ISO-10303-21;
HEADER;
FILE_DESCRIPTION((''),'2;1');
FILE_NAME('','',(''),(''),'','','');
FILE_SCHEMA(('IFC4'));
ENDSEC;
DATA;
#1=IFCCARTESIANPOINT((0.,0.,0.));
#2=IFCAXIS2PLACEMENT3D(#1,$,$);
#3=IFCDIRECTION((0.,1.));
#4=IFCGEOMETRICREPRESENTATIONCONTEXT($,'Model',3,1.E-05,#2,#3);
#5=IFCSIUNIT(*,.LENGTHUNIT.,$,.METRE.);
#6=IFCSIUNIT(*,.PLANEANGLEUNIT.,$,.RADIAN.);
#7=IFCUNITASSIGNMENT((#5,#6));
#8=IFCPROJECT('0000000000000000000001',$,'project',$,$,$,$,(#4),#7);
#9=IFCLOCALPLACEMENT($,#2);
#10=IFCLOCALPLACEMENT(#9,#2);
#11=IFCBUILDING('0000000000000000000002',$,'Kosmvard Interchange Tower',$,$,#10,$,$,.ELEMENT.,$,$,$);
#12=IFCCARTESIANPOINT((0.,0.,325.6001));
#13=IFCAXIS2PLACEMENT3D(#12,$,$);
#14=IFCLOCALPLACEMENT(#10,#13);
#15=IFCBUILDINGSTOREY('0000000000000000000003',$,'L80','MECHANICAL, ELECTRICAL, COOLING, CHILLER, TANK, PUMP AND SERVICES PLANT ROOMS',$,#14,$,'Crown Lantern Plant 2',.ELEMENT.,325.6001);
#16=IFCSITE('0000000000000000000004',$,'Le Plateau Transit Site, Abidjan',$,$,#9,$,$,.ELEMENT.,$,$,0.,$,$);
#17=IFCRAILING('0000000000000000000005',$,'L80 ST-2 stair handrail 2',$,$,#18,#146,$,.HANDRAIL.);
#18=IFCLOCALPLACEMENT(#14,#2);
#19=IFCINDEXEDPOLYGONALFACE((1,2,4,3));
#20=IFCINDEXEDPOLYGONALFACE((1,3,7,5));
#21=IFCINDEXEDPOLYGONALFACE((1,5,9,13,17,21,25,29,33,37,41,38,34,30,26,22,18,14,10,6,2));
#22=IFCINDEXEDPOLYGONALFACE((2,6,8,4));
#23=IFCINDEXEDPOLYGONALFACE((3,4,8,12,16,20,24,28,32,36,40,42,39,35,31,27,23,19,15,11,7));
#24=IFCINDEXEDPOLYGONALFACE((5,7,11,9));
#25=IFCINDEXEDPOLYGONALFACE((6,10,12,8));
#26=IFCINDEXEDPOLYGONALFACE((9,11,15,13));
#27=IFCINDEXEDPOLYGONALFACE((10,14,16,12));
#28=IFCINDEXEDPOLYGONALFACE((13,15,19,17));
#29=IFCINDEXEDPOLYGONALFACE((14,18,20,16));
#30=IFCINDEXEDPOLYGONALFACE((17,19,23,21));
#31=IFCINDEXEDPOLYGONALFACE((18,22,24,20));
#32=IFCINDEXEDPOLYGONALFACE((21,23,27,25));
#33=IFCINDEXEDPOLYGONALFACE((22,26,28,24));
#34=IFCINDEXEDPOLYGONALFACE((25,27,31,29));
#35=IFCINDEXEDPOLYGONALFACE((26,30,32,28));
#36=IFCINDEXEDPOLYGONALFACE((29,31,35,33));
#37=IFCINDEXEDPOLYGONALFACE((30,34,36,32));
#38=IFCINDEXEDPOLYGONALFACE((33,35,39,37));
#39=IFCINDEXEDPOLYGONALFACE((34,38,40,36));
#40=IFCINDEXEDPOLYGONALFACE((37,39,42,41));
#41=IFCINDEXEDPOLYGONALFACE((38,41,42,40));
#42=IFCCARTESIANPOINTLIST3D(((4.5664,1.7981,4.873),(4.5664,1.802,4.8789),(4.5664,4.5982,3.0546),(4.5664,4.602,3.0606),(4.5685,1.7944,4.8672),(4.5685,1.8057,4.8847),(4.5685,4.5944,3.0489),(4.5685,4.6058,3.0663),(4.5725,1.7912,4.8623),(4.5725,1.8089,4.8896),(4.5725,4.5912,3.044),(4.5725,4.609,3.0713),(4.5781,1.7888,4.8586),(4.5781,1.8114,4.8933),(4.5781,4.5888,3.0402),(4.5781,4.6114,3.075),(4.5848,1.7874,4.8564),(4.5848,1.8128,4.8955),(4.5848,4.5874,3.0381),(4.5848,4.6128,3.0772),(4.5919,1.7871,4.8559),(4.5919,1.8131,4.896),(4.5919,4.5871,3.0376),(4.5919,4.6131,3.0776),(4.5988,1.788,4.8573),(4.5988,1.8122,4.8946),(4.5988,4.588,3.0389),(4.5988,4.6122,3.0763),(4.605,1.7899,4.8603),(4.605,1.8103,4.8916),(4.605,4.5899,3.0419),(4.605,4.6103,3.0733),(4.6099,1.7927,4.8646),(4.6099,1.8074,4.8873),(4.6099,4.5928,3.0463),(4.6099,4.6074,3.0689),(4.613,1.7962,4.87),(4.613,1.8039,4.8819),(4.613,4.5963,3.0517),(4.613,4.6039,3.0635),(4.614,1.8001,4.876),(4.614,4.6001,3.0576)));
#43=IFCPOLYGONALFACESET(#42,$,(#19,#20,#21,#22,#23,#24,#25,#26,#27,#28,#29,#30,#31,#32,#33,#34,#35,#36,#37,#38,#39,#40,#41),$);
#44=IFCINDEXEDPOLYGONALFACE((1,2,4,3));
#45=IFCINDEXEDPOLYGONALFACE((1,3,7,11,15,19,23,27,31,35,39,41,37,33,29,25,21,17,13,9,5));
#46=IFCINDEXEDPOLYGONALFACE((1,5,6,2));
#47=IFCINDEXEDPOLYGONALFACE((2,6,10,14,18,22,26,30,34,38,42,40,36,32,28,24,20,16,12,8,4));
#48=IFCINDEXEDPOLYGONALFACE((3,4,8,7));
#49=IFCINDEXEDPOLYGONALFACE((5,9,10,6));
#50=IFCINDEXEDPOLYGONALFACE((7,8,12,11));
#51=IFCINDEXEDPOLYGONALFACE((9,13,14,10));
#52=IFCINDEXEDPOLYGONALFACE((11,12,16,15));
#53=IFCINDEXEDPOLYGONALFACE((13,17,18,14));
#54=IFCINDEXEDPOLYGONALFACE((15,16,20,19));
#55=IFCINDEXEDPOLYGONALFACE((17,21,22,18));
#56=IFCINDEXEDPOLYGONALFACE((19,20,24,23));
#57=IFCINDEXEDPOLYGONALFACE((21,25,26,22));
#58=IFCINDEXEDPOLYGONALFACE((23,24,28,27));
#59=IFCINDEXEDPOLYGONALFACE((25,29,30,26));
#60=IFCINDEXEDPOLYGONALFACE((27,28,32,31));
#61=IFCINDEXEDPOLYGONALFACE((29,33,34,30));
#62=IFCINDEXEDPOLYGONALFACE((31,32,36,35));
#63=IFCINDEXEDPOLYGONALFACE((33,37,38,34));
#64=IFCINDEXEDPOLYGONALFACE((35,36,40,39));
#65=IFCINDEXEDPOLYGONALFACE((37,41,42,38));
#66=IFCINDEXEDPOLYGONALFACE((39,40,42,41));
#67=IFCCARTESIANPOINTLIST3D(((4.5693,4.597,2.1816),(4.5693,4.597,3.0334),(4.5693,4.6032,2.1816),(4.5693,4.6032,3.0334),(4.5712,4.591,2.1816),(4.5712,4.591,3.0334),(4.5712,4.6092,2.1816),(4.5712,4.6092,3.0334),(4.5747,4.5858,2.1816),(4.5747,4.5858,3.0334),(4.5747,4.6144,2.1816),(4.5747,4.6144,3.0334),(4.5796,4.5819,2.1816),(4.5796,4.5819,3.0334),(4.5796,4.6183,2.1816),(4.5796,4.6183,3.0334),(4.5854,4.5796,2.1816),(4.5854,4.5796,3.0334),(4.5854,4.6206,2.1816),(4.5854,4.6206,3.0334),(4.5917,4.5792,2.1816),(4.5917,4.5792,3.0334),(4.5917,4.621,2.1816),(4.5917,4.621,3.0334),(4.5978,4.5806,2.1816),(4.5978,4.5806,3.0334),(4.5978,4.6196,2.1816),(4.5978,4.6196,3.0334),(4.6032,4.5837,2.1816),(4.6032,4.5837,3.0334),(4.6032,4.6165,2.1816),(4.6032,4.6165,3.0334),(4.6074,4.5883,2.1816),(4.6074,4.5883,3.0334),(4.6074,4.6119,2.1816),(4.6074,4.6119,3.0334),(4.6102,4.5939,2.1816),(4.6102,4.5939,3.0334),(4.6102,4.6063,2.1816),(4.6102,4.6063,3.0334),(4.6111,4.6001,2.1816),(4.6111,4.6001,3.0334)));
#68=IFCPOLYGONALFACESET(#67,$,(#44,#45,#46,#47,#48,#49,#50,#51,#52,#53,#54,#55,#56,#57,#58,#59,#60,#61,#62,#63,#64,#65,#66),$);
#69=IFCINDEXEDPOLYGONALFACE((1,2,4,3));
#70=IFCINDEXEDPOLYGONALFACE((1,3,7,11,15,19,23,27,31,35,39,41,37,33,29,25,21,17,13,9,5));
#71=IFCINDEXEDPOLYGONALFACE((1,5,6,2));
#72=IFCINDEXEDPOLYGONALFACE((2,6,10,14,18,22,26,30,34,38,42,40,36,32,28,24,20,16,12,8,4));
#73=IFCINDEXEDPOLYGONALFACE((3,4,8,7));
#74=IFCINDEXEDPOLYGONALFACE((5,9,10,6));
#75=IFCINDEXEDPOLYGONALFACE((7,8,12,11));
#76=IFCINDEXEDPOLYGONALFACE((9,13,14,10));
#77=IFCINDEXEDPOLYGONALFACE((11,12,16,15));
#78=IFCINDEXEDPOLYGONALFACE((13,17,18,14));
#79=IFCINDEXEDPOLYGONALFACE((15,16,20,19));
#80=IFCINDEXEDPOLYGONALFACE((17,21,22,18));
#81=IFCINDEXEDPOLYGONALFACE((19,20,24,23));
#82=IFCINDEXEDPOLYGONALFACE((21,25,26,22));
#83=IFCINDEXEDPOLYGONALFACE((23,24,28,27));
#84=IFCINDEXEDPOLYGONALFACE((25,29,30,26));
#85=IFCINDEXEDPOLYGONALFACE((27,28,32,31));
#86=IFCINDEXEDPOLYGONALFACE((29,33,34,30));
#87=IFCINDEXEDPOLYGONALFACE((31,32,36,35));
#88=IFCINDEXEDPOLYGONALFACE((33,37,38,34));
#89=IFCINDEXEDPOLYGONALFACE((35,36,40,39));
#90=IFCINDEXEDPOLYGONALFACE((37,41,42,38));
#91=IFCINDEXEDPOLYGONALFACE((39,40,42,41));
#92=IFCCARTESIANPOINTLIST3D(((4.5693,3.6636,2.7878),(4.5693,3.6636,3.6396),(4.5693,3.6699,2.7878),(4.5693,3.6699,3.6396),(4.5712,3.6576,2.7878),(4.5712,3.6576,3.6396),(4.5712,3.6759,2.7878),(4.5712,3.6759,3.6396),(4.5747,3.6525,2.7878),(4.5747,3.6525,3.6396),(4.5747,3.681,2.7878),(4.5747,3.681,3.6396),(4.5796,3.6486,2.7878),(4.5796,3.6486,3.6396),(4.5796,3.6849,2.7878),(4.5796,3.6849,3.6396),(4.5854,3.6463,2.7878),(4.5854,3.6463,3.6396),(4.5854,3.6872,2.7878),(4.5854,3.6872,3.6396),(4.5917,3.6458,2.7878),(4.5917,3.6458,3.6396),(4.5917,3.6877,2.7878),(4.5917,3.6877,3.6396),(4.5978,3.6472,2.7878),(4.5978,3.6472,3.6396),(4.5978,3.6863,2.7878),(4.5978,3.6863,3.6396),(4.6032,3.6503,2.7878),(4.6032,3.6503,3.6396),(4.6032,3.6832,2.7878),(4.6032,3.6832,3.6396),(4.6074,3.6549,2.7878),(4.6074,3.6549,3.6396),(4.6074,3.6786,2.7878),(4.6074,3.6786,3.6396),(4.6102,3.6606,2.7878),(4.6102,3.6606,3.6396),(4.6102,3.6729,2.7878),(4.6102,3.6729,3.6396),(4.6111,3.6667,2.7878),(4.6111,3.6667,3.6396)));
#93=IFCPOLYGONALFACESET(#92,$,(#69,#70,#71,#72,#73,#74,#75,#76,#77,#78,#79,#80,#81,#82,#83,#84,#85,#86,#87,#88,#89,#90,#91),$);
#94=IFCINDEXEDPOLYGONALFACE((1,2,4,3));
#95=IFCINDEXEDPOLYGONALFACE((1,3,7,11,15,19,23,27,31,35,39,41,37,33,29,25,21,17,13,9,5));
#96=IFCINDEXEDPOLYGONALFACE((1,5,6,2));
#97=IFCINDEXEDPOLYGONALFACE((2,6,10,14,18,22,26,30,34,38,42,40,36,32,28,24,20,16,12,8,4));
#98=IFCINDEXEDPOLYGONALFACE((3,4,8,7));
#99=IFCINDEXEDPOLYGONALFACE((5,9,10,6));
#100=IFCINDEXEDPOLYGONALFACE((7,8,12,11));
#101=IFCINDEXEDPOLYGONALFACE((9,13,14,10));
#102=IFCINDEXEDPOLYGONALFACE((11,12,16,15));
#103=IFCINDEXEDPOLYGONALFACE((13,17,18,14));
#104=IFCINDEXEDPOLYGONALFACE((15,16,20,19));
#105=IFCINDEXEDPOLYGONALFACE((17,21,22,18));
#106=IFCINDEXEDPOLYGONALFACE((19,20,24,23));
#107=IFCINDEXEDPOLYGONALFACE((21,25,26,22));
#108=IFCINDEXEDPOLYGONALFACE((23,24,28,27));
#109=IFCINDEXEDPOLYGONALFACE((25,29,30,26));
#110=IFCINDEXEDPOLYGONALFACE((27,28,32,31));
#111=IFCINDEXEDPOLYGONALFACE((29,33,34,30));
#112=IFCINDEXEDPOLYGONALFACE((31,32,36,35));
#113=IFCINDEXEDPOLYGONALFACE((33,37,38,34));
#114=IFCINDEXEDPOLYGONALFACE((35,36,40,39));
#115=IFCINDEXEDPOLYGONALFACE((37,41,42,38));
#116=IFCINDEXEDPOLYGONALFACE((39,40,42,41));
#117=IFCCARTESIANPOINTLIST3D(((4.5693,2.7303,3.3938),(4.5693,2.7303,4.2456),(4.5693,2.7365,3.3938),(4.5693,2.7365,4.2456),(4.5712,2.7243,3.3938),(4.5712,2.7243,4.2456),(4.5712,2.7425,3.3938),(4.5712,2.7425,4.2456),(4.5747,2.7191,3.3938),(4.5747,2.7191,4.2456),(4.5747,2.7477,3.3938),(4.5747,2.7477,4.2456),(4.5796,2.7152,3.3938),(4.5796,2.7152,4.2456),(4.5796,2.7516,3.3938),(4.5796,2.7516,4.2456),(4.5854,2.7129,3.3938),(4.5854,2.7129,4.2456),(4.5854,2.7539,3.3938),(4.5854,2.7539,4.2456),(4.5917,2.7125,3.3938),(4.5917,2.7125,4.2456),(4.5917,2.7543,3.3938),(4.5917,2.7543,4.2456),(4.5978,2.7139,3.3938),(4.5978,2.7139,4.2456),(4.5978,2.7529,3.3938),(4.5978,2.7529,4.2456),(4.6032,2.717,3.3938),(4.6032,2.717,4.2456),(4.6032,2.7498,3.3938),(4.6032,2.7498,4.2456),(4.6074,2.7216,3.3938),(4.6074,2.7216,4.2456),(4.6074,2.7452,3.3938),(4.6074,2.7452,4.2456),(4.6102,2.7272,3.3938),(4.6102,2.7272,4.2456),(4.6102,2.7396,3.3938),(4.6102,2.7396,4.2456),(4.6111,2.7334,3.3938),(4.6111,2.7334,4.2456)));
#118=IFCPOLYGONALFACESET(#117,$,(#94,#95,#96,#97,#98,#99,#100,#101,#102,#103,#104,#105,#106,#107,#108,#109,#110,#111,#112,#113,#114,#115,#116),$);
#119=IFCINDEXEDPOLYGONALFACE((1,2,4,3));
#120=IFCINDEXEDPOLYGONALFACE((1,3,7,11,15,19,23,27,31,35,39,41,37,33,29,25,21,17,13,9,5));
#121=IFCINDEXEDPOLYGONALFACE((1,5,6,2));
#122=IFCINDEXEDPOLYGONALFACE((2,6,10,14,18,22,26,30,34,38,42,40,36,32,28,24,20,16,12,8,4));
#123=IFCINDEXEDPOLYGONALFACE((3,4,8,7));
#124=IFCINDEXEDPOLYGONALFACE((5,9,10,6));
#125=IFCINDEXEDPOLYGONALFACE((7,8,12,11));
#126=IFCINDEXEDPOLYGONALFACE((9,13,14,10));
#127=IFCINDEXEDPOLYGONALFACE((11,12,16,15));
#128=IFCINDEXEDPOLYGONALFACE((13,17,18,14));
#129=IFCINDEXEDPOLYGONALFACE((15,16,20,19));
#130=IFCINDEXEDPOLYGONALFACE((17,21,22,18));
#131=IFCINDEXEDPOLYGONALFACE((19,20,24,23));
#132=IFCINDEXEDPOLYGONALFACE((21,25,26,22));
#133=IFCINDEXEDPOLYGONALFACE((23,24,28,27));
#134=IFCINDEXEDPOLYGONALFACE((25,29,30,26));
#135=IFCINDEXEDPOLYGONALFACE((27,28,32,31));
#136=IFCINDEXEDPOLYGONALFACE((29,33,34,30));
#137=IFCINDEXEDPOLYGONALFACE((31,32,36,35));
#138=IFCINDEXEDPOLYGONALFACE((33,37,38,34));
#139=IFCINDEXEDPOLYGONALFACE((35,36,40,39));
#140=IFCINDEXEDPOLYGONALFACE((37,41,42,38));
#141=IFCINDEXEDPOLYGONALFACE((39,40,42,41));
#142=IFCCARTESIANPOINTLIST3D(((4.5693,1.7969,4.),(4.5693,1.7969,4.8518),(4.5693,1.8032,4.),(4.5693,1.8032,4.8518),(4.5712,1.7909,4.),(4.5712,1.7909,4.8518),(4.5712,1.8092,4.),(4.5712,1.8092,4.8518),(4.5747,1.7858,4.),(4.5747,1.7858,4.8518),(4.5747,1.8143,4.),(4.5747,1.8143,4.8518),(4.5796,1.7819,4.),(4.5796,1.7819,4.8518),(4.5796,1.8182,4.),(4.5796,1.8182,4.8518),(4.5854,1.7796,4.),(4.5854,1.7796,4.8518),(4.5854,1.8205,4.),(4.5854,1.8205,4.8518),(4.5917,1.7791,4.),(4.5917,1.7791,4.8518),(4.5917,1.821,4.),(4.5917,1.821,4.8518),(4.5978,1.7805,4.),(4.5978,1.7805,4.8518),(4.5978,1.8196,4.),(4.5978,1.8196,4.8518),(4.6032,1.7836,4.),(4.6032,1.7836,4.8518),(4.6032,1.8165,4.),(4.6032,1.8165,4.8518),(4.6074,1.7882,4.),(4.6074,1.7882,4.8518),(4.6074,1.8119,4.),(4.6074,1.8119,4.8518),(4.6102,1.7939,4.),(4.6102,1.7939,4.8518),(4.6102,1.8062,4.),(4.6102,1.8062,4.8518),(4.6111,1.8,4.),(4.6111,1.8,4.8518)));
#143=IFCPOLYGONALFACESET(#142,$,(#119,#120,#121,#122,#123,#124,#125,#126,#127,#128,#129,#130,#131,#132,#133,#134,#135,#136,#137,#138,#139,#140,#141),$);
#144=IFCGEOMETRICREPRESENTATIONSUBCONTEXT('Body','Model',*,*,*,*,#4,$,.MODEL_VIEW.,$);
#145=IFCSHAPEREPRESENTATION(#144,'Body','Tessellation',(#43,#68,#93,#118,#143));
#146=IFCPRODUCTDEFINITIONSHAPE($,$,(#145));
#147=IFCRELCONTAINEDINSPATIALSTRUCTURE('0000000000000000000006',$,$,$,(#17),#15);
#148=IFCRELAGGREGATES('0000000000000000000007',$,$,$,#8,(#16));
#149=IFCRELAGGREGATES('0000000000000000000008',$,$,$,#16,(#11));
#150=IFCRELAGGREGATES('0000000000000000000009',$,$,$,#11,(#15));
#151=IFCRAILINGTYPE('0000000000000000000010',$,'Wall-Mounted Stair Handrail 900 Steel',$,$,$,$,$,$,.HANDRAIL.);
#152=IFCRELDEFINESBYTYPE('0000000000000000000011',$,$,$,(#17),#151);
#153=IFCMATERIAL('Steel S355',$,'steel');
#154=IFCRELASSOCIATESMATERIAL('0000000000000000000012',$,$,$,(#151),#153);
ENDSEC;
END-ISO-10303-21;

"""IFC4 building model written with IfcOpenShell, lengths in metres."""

from ifc_helpers import new_model, si_unit, direction, frame, origin, origin_2d, place, context, subcontext, project, spatial, circle, extrude, source, transform, mapped, material, type_object, element, save


model = new_model("IFC4")

# Units and contexts
model_context = context("Model", 3, precision=1e-05, world=origin(), true_north=direction((0.0, 1.0)))
body_context = subcontext(model_context, "Body", "Model", "MODEL_VIEW")
ifc_project = project(units=[si_unit("LENGTHUNIT", "METRE"), si_unit("PLANEANGLEUNIT", "RADIAN")], contexts=[model_context])

# Site, building, storey
site_placement = place(None, origin())
site = spatial("IfcSite", under=ifc_project, at=site_placement, Name="Le Plateau Transit Site, Abidjan", CompositionType="ELEMENT", RefElevation=0.0)
building_placement = place(site_placement, origin())
building = spatial("IfcBuilding", under=site, at=building_placement, Name="Kosmvard Interchange Tower", CompositionType="ELEMENT")
storey_placement = place(building_placement, frame((0.0, 0.0, 325.6001)))
storey = spatial("IfcBuildingStorey", under=building, at=storey_placement, Name="L80", Description="MECHANICAL, ELECTRICAL, COOLING, CHILLER, TANK, PUMP AND SERVICES PLANT ROOMS", LongName="Crown Lantern Plant 2", CompositionType="ELEMENT", Elevation=325.6001)

# Shared definitions
ifc_material_1 = material(Name="Steel S355", Category="steel")

# Railing
railing_type_1 = type_object("IfcRailingType", Name="Wall-Mounted Stair Handrail 900 Steel", PredefinedType="HANDRAIL", material=ifc_material_1)
shared_shape_1 = source(origin(), body_context, "Body", "SweptSolid", [
    extrude(circle(Radius=0.0239, at=origin_2d()), frame((0.0, 0.0, 0.876), z_axis=(0.0, -0.838672, 0.544636), x_axis=(1.0, 0.0, 0.0)), (0.0, 0.0, 1.0), 3.3386),
    extrude(circle(Radius=0.021, at=origin_2d()), origin(), (0.0, 0.0, 1.0), 0.8518),
    extrude(circle(Radius=0.021, at=origin_2d()), frame((0.0, -0.9333, 0.6062)), (0.0, 0.0, 1.0), 0.8518),
    extrude(circle(Radius=0.021, at=origin_2d()), frame((0.0, -1.8667, 1.2122)), (0.0, 0.0, 1.0), 0.8518),
    extrude(circle(Radius=0.021, at=origin_2d()), frame((0.0, -2.8, 1.8184)), (0.0, 0.0, 1.0), 0.8518),
])
railing_1_placement = place(storey_placement, frame((4.5901, 4.6001, 2.1816)))
element("IfcRailing", 1, at=railing_1_placement, inside=storey, type_object=railing_type_1, Name="L80 ST-2 stair handrail 2", PredefinedType="HANDRAIL", context=body_context, shape_type="MappedRepresentation", body=[
    mapped(shared_shape_1, transform((0.0, 0.0, 0.0), scale=1.0)),
])

save(model, "model.ifc")
